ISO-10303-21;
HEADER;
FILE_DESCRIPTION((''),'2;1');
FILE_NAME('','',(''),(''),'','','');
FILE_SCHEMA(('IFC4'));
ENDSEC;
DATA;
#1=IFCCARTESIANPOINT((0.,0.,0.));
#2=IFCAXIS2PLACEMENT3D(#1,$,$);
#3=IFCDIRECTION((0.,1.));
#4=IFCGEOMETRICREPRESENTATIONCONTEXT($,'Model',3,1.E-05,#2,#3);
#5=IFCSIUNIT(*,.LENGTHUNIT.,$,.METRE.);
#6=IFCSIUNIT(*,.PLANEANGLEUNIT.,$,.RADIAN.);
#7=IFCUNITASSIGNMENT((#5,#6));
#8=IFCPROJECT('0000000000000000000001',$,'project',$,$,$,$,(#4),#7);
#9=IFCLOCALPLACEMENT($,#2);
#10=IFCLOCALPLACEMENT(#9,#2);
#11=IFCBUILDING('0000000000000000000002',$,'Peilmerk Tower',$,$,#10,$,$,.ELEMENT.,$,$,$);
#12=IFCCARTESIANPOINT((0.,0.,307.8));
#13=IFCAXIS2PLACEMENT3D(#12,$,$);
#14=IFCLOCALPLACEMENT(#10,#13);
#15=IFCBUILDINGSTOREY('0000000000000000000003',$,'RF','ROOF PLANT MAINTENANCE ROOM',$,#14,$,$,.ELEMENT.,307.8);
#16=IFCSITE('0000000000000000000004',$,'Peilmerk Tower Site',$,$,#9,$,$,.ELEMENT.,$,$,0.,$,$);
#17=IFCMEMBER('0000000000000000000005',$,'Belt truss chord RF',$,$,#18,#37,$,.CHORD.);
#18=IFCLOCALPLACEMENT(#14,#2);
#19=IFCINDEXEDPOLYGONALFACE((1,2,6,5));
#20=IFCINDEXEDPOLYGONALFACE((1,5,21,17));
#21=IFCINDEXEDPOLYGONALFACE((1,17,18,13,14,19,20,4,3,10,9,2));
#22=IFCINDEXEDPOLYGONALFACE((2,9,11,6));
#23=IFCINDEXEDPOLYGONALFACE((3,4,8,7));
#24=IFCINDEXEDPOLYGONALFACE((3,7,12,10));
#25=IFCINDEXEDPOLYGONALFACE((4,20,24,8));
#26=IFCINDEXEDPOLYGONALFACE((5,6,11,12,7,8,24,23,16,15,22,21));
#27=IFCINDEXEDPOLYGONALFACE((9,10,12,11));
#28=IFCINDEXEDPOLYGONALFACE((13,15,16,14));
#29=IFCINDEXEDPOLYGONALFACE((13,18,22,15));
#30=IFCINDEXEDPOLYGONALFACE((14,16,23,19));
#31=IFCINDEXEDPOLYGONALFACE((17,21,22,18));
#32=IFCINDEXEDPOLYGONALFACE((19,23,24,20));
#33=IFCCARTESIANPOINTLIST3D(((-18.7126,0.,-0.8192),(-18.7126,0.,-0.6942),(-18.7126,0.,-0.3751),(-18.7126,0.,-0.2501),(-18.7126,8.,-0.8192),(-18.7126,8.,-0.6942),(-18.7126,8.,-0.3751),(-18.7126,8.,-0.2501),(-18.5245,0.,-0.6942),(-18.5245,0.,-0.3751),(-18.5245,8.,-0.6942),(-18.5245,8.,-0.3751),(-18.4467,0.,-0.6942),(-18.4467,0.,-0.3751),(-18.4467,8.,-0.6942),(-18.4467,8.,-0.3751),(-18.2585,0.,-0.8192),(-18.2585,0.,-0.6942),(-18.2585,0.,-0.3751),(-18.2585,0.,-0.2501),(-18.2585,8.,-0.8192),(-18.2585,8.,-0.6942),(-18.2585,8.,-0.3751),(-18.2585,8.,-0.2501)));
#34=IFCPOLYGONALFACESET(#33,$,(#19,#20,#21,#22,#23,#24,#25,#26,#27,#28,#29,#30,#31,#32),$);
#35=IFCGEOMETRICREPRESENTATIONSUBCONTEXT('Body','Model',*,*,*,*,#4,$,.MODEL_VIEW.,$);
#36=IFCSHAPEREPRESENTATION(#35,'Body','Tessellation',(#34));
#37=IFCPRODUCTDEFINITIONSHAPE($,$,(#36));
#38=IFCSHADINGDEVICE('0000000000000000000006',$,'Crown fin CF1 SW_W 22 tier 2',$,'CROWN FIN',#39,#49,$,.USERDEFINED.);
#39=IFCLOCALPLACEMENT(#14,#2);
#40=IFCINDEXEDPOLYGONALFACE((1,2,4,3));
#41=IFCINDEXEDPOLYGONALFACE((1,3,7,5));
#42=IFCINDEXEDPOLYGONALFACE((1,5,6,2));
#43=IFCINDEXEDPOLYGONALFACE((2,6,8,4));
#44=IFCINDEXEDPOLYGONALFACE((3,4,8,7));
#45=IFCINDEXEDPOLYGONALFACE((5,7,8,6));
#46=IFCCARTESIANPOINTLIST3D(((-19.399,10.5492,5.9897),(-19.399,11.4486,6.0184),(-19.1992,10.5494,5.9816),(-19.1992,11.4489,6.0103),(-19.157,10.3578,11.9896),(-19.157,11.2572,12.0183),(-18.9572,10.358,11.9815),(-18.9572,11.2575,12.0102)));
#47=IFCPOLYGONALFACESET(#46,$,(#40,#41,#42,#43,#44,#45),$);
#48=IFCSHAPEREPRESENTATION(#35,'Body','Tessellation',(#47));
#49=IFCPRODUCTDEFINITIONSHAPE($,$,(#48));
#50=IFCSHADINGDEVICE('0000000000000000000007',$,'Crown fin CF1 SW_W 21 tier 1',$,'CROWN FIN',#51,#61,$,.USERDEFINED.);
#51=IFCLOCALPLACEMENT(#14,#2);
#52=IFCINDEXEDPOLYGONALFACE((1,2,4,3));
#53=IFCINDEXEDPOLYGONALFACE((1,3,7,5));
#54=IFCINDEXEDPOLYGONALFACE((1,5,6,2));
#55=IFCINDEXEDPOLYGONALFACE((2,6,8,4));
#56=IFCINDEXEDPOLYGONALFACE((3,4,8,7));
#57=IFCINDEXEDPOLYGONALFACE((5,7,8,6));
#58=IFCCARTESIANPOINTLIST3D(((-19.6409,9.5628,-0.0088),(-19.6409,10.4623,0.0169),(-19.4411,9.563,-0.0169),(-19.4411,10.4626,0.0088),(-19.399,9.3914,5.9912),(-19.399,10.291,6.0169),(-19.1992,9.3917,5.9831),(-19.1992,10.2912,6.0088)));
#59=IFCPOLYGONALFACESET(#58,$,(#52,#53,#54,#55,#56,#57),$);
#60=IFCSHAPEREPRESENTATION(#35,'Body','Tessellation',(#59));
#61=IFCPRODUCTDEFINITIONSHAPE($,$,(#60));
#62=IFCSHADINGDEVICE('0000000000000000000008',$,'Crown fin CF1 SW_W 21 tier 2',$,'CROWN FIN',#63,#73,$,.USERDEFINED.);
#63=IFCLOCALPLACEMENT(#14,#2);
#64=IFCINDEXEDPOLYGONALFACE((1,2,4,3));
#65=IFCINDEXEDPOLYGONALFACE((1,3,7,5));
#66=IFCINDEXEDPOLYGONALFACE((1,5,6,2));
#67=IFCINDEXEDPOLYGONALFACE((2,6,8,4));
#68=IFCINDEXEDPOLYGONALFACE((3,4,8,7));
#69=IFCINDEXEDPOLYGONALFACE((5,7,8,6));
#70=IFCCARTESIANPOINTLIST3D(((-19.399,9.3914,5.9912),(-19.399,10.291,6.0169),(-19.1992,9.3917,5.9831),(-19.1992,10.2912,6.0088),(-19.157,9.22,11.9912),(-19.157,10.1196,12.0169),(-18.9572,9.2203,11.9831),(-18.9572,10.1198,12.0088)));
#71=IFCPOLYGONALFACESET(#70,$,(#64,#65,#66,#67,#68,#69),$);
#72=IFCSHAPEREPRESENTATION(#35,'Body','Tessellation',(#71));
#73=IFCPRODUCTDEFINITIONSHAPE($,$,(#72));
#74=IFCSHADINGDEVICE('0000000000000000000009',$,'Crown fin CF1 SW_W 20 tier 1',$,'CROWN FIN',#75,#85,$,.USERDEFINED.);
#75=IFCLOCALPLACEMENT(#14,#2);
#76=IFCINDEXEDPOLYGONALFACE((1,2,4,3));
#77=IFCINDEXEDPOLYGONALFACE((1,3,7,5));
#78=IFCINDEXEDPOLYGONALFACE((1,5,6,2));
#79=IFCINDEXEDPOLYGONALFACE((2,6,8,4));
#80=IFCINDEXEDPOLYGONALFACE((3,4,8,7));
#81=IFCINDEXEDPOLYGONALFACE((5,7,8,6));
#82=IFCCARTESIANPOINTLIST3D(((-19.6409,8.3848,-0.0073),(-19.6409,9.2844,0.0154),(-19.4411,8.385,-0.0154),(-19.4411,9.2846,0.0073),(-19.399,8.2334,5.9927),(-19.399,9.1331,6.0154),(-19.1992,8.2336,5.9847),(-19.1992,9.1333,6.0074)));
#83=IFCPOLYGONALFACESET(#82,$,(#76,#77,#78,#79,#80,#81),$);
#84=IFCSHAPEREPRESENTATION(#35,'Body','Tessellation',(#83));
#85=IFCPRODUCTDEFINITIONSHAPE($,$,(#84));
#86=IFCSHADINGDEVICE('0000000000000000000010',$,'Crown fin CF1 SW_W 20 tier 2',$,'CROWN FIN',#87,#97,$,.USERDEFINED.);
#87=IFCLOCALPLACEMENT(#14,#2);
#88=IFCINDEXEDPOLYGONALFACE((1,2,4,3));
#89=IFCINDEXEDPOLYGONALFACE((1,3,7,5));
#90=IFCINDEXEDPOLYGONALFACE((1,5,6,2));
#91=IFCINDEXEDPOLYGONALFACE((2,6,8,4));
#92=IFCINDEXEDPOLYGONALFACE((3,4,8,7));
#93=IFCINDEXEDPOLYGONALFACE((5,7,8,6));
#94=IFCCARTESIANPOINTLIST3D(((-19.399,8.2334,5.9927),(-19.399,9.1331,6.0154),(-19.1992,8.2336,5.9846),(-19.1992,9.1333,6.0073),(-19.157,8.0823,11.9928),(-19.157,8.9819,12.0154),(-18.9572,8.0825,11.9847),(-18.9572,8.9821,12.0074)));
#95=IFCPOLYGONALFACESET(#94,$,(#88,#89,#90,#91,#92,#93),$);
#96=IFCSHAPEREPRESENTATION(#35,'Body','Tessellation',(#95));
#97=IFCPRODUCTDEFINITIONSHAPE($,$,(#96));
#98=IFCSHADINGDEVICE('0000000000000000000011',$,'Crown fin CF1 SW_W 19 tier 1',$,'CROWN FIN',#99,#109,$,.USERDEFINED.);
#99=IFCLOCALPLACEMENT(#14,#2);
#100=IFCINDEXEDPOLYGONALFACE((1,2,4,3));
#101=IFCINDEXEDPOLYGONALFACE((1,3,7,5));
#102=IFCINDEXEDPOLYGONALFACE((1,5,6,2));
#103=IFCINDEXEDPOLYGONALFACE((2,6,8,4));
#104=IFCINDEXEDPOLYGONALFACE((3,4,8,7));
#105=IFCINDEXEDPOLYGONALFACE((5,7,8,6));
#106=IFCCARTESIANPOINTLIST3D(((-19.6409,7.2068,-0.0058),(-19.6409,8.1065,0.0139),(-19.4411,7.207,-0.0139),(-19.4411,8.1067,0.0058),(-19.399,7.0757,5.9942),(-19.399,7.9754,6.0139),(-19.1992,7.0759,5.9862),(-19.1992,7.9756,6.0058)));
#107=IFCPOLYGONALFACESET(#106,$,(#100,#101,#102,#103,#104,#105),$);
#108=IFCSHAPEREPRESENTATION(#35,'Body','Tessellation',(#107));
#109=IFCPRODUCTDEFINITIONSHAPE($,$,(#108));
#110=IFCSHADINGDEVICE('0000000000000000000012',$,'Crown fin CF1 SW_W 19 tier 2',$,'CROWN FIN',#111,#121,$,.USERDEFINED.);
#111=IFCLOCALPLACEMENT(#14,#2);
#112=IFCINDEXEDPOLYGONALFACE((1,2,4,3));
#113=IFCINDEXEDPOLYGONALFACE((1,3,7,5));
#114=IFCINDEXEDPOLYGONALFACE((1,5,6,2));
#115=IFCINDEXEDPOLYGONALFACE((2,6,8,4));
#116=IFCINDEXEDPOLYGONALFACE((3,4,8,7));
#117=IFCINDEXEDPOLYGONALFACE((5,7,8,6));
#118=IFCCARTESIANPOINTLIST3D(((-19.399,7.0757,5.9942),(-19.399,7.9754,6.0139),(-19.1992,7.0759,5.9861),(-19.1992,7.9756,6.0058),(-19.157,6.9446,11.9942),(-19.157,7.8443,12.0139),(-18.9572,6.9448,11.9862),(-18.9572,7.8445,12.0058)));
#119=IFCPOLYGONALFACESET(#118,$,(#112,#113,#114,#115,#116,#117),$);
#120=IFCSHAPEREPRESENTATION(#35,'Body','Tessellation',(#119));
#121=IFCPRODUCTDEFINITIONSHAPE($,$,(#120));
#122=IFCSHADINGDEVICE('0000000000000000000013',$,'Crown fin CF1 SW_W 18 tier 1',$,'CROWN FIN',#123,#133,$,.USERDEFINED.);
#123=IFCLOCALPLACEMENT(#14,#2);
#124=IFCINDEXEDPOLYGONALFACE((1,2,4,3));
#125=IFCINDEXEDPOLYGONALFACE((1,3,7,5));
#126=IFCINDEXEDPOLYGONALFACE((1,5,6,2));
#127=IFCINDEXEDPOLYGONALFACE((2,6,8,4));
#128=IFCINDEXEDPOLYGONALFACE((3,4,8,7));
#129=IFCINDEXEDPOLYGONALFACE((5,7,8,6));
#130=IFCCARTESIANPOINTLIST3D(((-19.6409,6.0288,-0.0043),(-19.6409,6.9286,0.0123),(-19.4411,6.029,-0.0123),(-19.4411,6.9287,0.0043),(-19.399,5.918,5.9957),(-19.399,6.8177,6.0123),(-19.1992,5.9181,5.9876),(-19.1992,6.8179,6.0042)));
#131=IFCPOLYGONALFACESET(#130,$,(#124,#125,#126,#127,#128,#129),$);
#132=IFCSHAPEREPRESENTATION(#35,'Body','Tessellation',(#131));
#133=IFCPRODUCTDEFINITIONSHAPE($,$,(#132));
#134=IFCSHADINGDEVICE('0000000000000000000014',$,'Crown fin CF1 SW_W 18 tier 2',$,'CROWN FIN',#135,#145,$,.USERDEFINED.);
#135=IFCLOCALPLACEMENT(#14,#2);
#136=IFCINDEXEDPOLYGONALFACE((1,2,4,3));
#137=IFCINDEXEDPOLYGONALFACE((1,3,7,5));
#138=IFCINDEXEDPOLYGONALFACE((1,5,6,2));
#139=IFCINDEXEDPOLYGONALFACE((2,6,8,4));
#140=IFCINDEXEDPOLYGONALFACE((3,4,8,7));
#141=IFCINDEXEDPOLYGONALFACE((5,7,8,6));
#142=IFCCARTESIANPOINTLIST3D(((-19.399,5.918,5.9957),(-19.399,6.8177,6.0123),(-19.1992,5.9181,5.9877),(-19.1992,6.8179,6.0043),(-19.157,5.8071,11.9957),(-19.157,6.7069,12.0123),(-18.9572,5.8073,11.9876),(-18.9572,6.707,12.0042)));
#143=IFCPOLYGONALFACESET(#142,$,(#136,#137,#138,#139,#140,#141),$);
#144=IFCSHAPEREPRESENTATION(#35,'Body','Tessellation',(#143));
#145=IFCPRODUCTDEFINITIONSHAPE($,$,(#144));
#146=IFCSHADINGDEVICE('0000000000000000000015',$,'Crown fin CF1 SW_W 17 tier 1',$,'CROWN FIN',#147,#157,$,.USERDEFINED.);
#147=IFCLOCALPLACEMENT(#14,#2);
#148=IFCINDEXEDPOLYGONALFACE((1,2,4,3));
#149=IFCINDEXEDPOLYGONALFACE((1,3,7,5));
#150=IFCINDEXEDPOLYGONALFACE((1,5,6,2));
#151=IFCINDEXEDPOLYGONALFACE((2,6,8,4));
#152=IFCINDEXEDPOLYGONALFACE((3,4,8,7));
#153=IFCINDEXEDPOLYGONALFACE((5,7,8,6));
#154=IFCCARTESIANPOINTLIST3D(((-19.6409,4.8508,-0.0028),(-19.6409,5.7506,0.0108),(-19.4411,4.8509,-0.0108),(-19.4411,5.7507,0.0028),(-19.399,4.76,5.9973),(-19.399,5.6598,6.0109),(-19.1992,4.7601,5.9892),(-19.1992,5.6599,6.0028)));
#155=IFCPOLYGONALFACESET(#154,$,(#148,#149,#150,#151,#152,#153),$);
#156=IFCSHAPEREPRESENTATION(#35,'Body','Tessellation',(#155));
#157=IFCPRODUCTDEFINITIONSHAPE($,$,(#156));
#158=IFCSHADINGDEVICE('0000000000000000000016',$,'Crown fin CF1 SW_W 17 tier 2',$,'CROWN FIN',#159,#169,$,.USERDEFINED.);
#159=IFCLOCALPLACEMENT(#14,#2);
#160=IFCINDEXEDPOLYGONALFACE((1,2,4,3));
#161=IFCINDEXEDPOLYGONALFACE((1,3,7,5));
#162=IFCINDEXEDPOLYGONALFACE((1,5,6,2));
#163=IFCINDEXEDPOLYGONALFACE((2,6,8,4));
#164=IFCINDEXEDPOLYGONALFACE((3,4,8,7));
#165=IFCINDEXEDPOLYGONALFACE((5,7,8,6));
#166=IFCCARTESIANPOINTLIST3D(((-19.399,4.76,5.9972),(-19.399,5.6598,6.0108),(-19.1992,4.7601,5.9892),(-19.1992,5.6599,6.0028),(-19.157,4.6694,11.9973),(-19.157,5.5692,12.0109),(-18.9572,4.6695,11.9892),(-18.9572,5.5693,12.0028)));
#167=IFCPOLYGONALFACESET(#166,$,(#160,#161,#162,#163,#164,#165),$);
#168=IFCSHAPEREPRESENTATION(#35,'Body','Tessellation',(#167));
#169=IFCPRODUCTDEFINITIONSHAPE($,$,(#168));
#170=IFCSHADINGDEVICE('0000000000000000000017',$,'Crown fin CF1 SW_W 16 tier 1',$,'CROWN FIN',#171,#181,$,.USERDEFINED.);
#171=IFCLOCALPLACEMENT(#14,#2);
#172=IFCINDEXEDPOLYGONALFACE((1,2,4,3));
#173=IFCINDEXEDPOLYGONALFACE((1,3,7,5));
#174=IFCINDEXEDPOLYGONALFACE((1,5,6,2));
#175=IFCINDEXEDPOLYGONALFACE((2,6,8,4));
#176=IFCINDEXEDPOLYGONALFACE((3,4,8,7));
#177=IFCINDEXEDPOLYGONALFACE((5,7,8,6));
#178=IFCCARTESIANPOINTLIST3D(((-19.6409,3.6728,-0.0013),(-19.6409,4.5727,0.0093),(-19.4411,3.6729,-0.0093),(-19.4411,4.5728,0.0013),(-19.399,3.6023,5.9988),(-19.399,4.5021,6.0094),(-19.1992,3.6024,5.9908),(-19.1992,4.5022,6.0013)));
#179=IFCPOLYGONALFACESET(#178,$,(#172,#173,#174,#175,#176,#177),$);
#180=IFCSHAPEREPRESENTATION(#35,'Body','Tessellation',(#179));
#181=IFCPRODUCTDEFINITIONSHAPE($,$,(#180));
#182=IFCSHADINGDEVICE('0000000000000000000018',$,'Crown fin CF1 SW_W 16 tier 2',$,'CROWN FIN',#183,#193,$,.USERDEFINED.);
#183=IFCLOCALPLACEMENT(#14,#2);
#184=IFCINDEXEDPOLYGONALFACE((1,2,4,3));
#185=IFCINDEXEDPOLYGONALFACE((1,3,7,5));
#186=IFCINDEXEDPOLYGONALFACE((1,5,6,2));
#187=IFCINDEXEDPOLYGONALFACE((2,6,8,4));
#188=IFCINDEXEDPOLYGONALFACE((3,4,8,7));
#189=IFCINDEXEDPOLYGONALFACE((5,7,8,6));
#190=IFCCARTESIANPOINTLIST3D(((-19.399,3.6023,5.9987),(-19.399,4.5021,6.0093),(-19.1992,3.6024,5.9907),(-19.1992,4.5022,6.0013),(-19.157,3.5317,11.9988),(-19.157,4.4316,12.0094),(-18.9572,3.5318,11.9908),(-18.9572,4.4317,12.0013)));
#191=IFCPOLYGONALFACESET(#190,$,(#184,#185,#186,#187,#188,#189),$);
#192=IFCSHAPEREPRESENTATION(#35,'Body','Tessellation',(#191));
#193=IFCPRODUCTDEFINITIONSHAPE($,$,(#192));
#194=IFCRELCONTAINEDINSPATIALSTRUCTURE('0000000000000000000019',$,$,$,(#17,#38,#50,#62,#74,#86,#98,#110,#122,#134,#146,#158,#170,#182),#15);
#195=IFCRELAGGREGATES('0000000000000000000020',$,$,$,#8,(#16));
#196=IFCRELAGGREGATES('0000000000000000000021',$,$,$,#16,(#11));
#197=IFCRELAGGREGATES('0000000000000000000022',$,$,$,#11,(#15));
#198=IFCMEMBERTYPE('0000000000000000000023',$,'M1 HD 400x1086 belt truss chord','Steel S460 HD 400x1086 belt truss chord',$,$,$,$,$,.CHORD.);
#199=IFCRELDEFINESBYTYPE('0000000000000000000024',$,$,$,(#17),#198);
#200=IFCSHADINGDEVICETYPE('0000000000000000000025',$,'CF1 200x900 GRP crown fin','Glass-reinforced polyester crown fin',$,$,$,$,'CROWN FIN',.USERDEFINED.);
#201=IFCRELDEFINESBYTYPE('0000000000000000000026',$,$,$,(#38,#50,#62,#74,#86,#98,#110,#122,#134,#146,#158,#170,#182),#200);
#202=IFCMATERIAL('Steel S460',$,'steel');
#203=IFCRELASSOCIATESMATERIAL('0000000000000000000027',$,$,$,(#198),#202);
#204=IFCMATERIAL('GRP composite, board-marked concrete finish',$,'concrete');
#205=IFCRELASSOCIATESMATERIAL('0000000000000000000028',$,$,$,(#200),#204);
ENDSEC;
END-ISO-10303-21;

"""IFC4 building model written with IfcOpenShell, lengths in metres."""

from ifc_helpers import new_model, si_unit, direction, frame, origin, origin_2d, place, context, subcontext, project, spatial, rectangle, i_section, extrude, source, transform, mapped, material, material_profile, profile_set, type_object, element, save


model = new_model("IFC4")

# Units and contexts
model_context = context("Model", 3, precision=1e-05, world=origin(), true_north=direction((0.0, 1.0)))
body_context = subcontext(model_context, "Body", "Model", "MODEL_VIEW")
ifc_project = project(units=[si_unit("LENGTHUNIT", "METRE"), si_unit("PLANEANGLEUNIT", "RADIAN")], contexts=[model_context])

# Site, building, storey
site_placement = place(None, origin())
site = spatial("IfcSite", under=ifc_project, at=site_placement, Name="Peilmerk Tower Site", CompositionType="ELEMENT", RefElevation=0.0)
building_placement = place(site_placement, origin())
building = spatial("IfcBuilding", under=site, at=building_placement, Name="Peilmerk Tower", CompositionType="ELEMENT")
storey_placement = place(building_placement, frame((0.0, 0.0, 307.8)))
storey = spatial("IfcBuildingStorey", under=building, at=storey_placement, Name="RF", Description="ROOF PLANT MAINTENANCE ROOM", CompositionType="ELEMENT", Elevation=307.8)

# Member
ifc_material_1 = material(Name="Steel S460", Category="steel")
ifc_material_profile_1 = material_profile(ifc_material_1, i_section(OverallWidth=0.4541, OverallDepth=0.5691, WebThickness=0.0779, FlangeThickness=0.125, at=origin_2d()), Name="HD 400x1086")
ifc_profile_set_1 = profile_set([ifc_material_profile_1], Name="Steel S460")
member_type = type_object("IfcMemberType", Name="M1 HD 400x1086 belt truss chord", Description="Steel S460 HD 400x1086 belt truss chord", PredefinedType="CHORD", material=ifc_profile_set_1)
member_placement = place(storey_placement, frame((-18.4856, 8.0, -0.5347), z_axis=(0.0, -1.0, 0.0), x_axis=(1.0, 0.0, 0.0)))
element("IfcMember", 1, at=member_placement, inside=storey, type_object=member_type, Name="Belt truss chord RF", PredefinedType="CHORD", context=body_context, shape_type="SweptSolid", body=[
    extrude(i_section(OverallWidth=0.4541, OverallDepth=0.5691, WebThickness=0.0779, FlangeThickness=0.125, at=origin_2d()), origin(), (0.0, 0.0, 1.0), 8.0),
])

# Shading devices
ifc_material_2 = material(Name="GRP composite, board-marked concrete finish", Category="concrete")
ifc_material_profile_2 = material_profile(ifc_material_2, rectangle(XDim=0.2, YDim=0.8999, at=origin_2d()), Name="CF1 200x900")
ifc_profile_set_2 = profile_set([ifc_material_profile_2], Name="GRP composite, board-marked concrete finish")
shading_device_type = type_object("IfcShadingDeviceType", Name="CF1 200x900 GRP crown fin", Description="Glass-reinforced polyester crown fin", ElementType="CROWN FIN", PredefinedType="USERDEFINED", material=ifc_profile_set_2)
shared_shape_1 = source(origin(), body_context, "Body", "SweptSolid", [
    extrude(rectangle(XDim=0.2, YDim=0.8999, at=origin_2d()), origin(), (0.0, 0.0, 1.0), 6.0078),
])
shading_device_placement = place(storey_placement, frame((-19.2991, 10.999, 6.0), z_axis=(0.040271, -0.031859, 0.998681), x_axis=(-0.999189, -0.001284, 0.04025)))
element("IfcShadingDevice", 2, at=shading_device_placement, inside=storey, type_object=shading_device_type, Name="Crown fin CF1 SW_W 22 tier 2", ObjectType="CROWN FIN", PredefinedType="USERDEFINED", context=body_context, shape_type="MappedRepresentation", body=[
    mapped(shared_shape_1, transform((0.0, 0.0, 0.0), scale=1.0)),
])
shared_shape_2 = source(origin(), body_context, "Body", "SweptSolid", [
    extrude(rectangle(XDim=0.2, YDim=0.8999, at=origin_2d()), origin(), (0.0, 0.0, 1.0), 6.0073),
])
for number, where, z_axis, x_axis, name in (
    (3, (-19.541, 10.0127, 0.0), (0.040275, -0.02853, 0.998781), (-0.999189, -0.00115, 0.040258), "Crown fin CF1 SW_W 21 tier 1"),
    (4, (-19.2991, 9.8413, 6.0), (0.040275, -0.02853, 0.998781), (-0.999189, -0.00115, 0.040258), "Crown fin CF1 SW_W 21 tier 2"),
):
    element("IfcShadingDevice", number, at=place(storey_placement, frame(where, z_axis=z_axis, x_axis=x_axis)), inside=storey, type_object=shading_device_type, Name=name, ObjectType="CROWN FIN", PredefinedType="USERDEFINED", context=body_context, shape_type="MappedRepresentation", body=[
        mapped(shared_shape_2, transform((0.0, 0.0, 0.0), scale=1.0)),
    ])
shared_shape_3 = source(origin(), body_context, "Body", "SweptSolid", [
    extrude(rectangle(XDim=0.2, YDim=0.8999, at=origin_2d()), origin(), (0.0, 0.0, 1.0), 6.0068),
])
for number, where, z_axis, x_axis, name in (
    (5, (-19.541, 8.8347, 0.0), (0.040278, -0.025199, 0.998871), (-0.999188, -0.001016, 0.040266), "Crown fin CF1 SW_W 20 tier 1"),
    (6, (-19.2991, 8.6833, 6.0), (0.040278, -0.025159, 0.998872), (-0.999188, -0.001014, 0.040266), "Crown fin CF1 SW_W 20 tier 2"),
):
    element("IfcShadingDevice", number, at=place(storey_placement, frame(where, z_axis=z_axis, x_axis=x_axis)), inside=storey, type_object=shading_device_type, Name=name, ObjectType="CROWN FIN", PredefinedType="USERDEFINED", context=body_context, shape_type="MappedRepresentation", body=[
        mapped(shared_shape_3, transform((0.0, 0.0, 0.0), scale=1.0)),
    ])
shared_shape_4 = source(origin(), body_context, "Body", "SweptSolid", [
    extrude(rectangle(XDim=0.2, YDim=0.8999, at=origin_2d()), origin(), (0.0, 0.0, 1.0), 6.0063),
])
for number, where, z_axis, x_axis, name in (
    (7, (-19.541, 7.6567, 0.0), (0.040282, -0.021828, 0.99895), (-0.999188, -0.00088, 0.040272), "Crown fin CF1 SW_W 19 tier 1"),
    (8, (-19.2991, 7.5256, 6.0), (0.040282, -0.021828, 0.99895), (-0.999188, -0.00088, 0.040272), "Crown fin CF1 SW_W 19 tier 2"),
):
    element("IfcShadingDevice", number, at=place(storey_placement, frame(where, z_axis=z_axis, x_axis=x_axis)), inside=storey, type_object=shading_device_type, Name=name, ObjectType="CROWN FIN", PredefinedType="USERDEFINED", context=body_context, shape_type="MappedRepresentation", body=[
        mapped(shared_shape_4, transform((0.0, 0.0, 0.0), scale=1.0)),
    ])
shared_shape_5 = source(origin(), body_context, "Body", "SweptSolid", [
    extrude(rectangle(XDim=0.2, YDim=0.8999, at=origin_2d()), origin(), (0.0, 0.0, 1.0), 6.0059),
])
for number, where, z_axis, x_axis, name in (
    (9, (-19.541, 6.4788, 0.0), (0.040284, -0.018455, 0.999018), (-0.999188, -0.000744, 0.040277), "Crown fin CF1 SW_W 18 tier 1"),
    (10, (-19.2991, 6.3679, 6.0), (0.040284, -0.018455, 0.999018), (-0.999188, -0.000744, 0.040277), "Crown fin CF1 SW_W 18 tier 2"),
):
    element("IfcShadingDevice", number, at=place(storey_placement, frame(where, z_axis=z_axis, x_axis=x_axis)), inside=storey, type_object=shading_device_type, Name=name, ObjectType="CROWN FIN", PredefinedType="USERDEFINED", context=body_context, shape_type="MappedRepresentation", body=[
        mapped(shared_shape_5, transform((0.0, 0.0, 0.0), scale=1.0)),
    ])
shared_shape_6 = source(origin(), body_context, "Body", "SweptSolid", [
    extrude(rectangle(XDim=0.2, YDim=0.8999, at=origin_2d()), origin(), (0.0, 0.0, 1.0), 6.0056),
])
for number, where, z_axis, x_axis, name in (
    (11, (-19.541, 5.3008, 0.0), (0.040287, -0.015123, 0.999074), (-0.999188, -0.00061, 0.040282), "Crown fin CF1 SW_W 17 tier 1"),
    (12, (-19.2991, 5.21, 6.0), (0.040287, -0.015082, 0.999074), (-0.999188, -0.000608, 0.040282), "Crown fin CF1 SW_W 17 tier 2"),
):
    element("IfcShadingDevice", number, at=place(storey_placement, frame(where, z_axis=z_axis, x_axis=x_axis)), inside=storey, type_object=shading_device_type, Name=name, ObjectType="CROWN FIN", PredefinedType="USERDEFINED", context=body_context, shape_type="MappedRepresentation", body=[
        mapped(shared_shape_6, transform((0.0, 0.0, 0.0), scale=1.0)),
    ])
shared_shape_7 = source(origin(), body_context, "Body", "SweptSolid", [
    extrude(rectangle(XDim=0.2, YDim=0.8999, at=origin_2d()), origin(), (0.0, 0.0, 1.0), 6.0054),
])
for number, where, z_axis, x_axis, name in (
    (13, (-19.541, 4.1228, 0.0), (0.040288, -0.011749, 0.999119), (-0.999188, -0.000474, 0.040286), "Crown fin CF1 SW_W 16 tier 1"),
    (14, (-19.2991, 4.0522, 6.0), (0.040288, -0.011749, 0.999119), (-0.999188, -0.000474, 0.040286), "Crown fin CF1 SW_W 16 tier 2"),
):
    element("IfcShadingDevice", number, at=place(storey_placement, frame(where, z_axis=z_axis, x_axis=x_axis)), inside=storey, type_object=shading_device_type, Name=name, ObjectType="CROWN FIN", PredefinedType="USERDEFINED", context=body_context, shape_type="MappedRepresentation", body=[
        mapped(shared_shape_7, transform((0.0, 0.0, 0.0), scale=1.0)),
    ])

save(model, "model.ifc")
